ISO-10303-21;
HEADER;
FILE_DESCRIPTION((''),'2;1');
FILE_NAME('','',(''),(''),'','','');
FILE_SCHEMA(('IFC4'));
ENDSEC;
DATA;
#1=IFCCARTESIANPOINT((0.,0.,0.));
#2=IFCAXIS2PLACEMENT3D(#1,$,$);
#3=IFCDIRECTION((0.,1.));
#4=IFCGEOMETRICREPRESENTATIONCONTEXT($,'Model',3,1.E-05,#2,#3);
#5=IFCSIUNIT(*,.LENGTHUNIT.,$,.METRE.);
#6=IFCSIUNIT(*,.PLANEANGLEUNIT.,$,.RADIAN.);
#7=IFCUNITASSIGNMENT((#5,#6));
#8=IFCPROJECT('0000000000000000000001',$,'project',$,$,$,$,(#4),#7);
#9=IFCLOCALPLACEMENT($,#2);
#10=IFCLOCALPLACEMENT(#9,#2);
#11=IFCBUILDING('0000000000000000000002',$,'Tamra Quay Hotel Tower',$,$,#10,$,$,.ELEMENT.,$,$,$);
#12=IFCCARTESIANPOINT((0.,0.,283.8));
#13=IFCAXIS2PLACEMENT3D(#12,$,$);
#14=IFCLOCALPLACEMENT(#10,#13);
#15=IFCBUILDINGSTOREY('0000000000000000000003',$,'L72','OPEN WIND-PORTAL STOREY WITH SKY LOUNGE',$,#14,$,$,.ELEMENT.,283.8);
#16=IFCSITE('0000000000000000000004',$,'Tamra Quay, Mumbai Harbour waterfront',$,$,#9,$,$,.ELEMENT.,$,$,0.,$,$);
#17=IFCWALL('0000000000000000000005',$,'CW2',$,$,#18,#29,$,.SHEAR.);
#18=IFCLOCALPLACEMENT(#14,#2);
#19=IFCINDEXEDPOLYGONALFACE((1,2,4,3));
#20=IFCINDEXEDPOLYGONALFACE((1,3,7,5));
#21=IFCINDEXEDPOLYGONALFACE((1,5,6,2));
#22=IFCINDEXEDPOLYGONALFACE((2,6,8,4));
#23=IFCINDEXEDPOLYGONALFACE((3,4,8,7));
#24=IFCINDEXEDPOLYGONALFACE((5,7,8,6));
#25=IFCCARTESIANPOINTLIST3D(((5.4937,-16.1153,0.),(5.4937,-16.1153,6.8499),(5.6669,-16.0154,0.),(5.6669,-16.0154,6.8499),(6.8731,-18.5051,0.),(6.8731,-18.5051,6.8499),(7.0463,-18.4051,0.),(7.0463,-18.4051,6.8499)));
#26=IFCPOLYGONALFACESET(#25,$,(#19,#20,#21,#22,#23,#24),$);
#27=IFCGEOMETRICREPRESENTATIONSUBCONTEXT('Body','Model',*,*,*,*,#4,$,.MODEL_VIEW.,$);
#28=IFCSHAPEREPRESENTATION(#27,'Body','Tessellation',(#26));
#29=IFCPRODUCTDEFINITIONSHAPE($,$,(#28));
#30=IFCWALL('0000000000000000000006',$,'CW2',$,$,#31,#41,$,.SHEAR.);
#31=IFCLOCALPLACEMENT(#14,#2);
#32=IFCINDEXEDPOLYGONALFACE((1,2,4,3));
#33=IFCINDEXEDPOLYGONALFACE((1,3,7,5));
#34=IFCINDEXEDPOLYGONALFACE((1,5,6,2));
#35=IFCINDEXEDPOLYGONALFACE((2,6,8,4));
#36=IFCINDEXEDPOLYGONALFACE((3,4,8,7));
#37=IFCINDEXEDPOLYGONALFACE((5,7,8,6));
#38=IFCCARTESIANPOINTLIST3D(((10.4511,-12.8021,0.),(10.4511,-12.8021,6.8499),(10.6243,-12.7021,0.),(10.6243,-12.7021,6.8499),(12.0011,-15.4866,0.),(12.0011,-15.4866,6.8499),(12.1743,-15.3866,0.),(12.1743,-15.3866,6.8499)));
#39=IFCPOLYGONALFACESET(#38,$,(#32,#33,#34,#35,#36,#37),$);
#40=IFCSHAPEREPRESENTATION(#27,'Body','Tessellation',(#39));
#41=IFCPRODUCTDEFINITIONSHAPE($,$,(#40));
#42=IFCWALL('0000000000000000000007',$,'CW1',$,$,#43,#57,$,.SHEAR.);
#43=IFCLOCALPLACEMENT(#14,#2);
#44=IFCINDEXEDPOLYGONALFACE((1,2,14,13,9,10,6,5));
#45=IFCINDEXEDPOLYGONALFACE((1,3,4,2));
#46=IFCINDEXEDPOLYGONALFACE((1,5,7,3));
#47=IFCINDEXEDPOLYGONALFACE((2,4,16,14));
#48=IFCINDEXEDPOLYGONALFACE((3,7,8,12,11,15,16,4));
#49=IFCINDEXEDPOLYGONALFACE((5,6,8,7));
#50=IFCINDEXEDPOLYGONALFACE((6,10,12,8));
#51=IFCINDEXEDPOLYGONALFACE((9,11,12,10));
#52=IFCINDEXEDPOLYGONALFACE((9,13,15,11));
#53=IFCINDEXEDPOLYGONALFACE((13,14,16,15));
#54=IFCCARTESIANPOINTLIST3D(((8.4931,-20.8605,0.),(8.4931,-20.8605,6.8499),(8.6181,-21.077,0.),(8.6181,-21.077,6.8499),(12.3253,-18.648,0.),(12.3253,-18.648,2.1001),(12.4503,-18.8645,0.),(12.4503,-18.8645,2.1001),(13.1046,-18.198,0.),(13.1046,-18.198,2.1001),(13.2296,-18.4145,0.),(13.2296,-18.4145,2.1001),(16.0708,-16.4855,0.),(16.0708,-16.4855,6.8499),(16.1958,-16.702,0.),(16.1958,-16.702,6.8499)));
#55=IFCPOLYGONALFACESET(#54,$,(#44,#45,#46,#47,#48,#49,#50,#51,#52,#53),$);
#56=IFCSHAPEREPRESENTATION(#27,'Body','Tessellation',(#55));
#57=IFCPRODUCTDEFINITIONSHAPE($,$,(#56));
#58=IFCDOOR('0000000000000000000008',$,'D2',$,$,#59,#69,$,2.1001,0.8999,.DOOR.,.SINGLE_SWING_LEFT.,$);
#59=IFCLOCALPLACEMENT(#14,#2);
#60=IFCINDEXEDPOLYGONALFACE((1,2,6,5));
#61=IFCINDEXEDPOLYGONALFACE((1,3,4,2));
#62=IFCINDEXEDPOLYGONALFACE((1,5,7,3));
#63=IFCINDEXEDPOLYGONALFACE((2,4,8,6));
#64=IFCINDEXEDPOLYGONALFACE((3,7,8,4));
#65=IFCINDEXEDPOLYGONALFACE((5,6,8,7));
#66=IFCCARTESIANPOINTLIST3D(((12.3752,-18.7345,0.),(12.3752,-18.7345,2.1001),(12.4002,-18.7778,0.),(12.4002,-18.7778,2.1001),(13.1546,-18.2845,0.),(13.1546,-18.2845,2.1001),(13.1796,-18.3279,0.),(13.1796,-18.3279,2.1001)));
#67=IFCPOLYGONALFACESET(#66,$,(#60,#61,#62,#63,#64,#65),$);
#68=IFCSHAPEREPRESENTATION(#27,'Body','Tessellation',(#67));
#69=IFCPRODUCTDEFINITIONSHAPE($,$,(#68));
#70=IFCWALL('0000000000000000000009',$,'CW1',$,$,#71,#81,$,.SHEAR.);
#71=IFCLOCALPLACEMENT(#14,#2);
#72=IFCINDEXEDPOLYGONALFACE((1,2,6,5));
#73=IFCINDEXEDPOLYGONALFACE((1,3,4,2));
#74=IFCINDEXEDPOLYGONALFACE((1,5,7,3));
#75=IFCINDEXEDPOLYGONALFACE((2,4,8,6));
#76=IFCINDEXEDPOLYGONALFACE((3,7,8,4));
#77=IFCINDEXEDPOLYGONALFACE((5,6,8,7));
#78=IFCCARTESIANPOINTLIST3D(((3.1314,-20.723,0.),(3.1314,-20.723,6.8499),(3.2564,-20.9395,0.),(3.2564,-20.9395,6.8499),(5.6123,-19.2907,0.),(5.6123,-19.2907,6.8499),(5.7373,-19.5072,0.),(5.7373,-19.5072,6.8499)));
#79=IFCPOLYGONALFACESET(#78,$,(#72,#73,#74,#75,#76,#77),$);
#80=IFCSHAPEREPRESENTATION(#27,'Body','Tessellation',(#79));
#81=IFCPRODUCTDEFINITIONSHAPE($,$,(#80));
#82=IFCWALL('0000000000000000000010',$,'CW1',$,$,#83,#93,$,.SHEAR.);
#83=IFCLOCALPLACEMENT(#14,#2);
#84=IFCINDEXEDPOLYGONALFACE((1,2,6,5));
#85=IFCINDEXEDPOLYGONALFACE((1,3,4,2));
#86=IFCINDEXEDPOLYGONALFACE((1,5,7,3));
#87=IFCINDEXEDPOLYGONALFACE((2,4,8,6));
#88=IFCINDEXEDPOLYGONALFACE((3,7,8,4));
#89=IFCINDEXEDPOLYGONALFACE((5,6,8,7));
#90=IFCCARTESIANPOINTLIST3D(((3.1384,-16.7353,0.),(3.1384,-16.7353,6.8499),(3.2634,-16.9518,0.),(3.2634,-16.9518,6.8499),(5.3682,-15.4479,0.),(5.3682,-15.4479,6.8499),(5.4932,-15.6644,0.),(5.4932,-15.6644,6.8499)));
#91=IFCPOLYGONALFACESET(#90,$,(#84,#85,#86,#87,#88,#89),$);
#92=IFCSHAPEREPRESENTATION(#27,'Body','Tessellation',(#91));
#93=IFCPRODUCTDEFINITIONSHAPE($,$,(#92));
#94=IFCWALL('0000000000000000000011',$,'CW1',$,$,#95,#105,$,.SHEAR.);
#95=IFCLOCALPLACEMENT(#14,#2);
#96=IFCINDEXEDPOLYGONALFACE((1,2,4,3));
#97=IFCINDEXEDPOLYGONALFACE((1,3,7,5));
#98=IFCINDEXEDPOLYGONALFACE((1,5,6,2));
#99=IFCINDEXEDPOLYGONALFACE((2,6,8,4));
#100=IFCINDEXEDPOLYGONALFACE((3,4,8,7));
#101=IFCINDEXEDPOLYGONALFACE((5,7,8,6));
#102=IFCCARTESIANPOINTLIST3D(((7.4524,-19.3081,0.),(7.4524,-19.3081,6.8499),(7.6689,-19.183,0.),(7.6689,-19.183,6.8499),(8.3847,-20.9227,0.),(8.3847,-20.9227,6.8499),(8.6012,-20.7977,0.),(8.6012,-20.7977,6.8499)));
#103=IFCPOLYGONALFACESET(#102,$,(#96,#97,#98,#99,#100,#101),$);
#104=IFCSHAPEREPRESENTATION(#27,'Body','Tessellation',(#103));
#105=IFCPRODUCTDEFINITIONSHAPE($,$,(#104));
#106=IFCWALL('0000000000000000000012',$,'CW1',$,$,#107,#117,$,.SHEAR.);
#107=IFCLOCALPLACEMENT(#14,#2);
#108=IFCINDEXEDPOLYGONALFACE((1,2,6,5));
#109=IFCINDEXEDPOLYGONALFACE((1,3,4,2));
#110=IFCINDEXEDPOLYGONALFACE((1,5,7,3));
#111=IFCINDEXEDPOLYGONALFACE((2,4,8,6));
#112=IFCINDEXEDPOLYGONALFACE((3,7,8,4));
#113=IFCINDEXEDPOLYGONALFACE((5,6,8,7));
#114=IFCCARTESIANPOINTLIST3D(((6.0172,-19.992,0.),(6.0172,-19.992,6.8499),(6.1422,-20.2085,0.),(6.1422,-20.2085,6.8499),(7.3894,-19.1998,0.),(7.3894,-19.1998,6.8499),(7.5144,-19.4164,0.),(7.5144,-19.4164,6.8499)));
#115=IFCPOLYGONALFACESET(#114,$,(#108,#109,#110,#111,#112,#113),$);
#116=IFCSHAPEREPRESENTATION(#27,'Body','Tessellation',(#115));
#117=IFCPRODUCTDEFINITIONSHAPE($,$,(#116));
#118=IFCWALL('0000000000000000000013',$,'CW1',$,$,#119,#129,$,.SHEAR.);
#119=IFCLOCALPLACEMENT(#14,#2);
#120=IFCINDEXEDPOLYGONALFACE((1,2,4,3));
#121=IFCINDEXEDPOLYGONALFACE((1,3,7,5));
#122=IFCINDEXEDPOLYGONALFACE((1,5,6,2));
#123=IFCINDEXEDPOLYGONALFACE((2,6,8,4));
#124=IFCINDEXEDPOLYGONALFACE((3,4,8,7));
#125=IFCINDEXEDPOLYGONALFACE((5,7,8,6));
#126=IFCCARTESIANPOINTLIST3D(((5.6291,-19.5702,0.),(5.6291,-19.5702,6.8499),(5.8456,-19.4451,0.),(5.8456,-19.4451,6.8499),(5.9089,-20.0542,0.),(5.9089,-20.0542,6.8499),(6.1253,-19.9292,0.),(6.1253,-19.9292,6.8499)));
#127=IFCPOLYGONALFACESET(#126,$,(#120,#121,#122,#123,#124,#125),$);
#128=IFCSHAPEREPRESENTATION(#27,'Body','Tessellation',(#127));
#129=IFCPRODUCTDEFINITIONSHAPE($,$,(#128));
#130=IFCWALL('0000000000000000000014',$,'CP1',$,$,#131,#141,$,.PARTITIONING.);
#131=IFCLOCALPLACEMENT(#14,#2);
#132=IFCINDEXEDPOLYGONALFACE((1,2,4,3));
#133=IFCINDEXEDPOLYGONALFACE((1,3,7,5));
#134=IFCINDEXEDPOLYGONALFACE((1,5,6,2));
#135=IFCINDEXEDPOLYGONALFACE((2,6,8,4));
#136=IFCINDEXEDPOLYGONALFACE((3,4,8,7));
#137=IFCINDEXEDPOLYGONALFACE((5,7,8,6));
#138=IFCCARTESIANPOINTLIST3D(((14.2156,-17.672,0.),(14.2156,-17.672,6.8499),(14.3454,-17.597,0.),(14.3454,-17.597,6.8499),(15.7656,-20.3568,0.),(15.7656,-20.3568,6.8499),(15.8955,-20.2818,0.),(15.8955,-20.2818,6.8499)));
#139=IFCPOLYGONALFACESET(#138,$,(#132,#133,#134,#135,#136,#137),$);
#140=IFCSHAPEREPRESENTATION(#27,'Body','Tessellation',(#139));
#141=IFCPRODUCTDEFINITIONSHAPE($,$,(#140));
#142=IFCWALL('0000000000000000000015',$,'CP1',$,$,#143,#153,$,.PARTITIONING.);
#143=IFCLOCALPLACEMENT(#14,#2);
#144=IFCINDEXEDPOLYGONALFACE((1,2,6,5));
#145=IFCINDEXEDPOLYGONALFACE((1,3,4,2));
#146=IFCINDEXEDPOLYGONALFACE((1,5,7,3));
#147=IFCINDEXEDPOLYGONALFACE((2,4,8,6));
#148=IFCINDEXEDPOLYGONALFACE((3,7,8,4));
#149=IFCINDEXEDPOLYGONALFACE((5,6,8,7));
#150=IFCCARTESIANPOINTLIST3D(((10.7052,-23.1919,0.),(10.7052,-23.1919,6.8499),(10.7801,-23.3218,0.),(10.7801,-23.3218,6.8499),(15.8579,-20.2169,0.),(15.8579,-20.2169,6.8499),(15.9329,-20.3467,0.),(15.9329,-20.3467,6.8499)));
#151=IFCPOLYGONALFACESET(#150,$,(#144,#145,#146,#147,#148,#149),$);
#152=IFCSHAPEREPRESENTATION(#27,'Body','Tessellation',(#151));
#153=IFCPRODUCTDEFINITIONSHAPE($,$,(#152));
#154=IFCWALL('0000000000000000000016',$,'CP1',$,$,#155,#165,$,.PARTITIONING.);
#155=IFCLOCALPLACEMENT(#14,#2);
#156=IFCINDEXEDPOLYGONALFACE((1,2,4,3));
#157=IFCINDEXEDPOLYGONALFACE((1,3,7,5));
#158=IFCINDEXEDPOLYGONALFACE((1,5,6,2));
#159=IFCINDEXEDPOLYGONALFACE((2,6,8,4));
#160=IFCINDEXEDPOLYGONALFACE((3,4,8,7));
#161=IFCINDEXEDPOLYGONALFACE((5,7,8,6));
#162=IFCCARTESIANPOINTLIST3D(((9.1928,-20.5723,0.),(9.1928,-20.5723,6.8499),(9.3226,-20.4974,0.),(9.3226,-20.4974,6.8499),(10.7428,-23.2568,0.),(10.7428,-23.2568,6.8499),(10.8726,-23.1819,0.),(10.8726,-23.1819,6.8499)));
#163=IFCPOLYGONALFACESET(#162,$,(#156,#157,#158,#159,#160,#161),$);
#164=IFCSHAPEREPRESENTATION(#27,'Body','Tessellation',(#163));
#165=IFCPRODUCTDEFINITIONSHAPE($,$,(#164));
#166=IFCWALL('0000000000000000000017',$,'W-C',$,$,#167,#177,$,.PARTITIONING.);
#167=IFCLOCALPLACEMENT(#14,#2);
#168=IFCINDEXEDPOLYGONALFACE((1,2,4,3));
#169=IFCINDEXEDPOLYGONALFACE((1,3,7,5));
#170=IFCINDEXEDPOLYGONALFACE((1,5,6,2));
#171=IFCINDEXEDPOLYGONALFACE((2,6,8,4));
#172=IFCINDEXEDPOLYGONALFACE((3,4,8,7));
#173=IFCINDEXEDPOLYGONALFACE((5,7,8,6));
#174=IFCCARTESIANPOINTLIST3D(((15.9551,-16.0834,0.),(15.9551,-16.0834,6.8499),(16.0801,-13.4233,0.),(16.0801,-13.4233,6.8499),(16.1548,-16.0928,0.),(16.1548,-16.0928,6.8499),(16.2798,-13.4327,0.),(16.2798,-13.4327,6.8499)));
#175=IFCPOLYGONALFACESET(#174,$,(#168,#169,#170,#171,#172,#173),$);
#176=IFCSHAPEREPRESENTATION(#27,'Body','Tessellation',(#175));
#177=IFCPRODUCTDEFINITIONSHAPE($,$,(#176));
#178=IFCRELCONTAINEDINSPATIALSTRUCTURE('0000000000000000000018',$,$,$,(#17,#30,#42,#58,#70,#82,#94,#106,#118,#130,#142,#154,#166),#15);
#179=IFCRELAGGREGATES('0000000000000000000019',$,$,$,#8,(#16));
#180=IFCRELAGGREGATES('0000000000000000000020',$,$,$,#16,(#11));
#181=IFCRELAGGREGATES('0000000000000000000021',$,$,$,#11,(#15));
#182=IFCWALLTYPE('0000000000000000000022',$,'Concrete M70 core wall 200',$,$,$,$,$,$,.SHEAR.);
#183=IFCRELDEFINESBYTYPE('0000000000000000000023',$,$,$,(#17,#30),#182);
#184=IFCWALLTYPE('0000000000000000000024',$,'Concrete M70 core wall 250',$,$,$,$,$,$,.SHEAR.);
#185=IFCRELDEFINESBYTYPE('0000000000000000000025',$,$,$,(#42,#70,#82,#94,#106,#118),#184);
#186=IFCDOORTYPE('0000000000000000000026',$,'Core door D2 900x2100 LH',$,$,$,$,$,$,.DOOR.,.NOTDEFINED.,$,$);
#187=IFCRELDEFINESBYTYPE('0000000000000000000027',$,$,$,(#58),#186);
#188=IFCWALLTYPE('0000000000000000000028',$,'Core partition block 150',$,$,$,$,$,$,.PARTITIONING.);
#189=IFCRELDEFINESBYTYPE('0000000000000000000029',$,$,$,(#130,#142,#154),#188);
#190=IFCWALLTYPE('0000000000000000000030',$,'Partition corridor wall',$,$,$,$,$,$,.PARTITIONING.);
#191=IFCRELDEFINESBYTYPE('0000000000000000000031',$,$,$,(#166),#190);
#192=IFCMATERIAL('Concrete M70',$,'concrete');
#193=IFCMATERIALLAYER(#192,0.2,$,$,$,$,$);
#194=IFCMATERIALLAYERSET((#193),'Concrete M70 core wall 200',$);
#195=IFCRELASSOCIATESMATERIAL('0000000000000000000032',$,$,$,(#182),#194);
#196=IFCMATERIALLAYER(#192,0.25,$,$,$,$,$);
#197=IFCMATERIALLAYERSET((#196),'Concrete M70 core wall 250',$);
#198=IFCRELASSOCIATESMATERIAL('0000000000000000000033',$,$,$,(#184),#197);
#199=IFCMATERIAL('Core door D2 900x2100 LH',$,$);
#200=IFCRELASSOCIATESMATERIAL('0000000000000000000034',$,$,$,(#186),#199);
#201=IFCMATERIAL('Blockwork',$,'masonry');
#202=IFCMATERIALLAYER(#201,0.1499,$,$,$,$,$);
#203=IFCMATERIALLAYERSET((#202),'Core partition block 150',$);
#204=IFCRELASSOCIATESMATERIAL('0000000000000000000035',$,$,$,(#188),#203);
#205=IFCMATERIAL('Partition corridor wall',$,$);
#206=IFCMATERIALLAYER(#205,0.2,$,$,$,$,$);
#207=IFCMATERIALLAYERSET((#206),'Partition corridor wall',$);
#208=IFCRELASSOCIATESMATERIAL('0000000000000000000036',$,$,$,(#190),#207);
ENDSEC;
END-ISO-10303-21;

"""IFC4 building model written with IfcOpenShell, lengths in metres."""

from ifc_helpers import new_model, si_unit, direction, frame, frame_2d, origin, place, context, subcontext, project, spatial, rectangle, extrude, material, layer, layer_set, type_object, element, fill, save


model = new_model("IFC4")

# Units and contexts
model_context = context("Model", 3, precision=1e-05, world=origin(), true_north=direction((0.0, 1.0)))
body_context = subcontext(model_context, "Body", "Model", "MODEL_VIEW")
ifc_project = project(units=[si_unit("LENGTHUNIT", "METRE"), si_unit("PLANEANGLEUNIT", "RADIAN")], contexts=[model_context])

# Site, building, storey
site_placement = place(None, origin())
site = spatial("IfcSite", under=ifc_project, at=site_placement, Name="Tamra Quay, Mumbai Harbour waterfront", CompositionType="ELEMENT", RefElevation=0.0)
building_placement = place(site_placement, origin())
building = spatial("IfcBuilding", under=site, at=building_placement, Name="Tamra Quay Hotel Tower", CompositionType="ELEMENT")
storey_placement = place(building_placement, frame((0.0, 0.0, 283.8)))
storey = spatial("IfcBuildingStorey", under=building, at=storey_placement, Name="L72", Description="OPEN WIND-PORTAL STOREY WITH SKY LOUNGE", CompositionType="ELEMENT", Elevation=283.8)

# Shared definitions
ifc_material_1 = material(Name="Concrete M70", Category="concrete")

# Shared definitions
ifc_layer_1 = layer(ifc_material_1, 0.2)
ifc_layer_set_1 = layer_set([ifc_layer_1], Name="Concrete M70 core wall 200")
wall_type_1 = type_object("IfcWallType", Name="Concrete M70 core wall 200", PredefinedType="SHEAR", material=ifc_layer_set_1)

# Walls
wall_1_placement = place(storey_placement, frame((6.9597, -18.4551, 0.0), z_axis=(0.0, 0.0, 1.0), x_axis=(-0.499927, 0.866068, 0.0)))
element("IfcWall", 1, at=wall_1_placement, inside=storey, type_object=wall_type_1, Name="CW2", PredefinedType="SHEAR", context=body_context, shape_type="SweptSolid", body=[
    extrude(rectangle(XDim=2.7593, YDim=0.2, at=frame_2d((1.3796, 0.0))), origin(), (0.0, 0.0, 1.0), 6.8499),
])
wall_2_placement = place(storey_placement, frame((12.0876, -15.4365, 0.0), z_axis=(0.0, 0.0, 1.0), x_axis=(-0.500027, 0.86601, 0.0)))
element("IfcWall", 2, at=wall_2_placement, inside=storey, type_object=wall_type_1, Name="CW2", PredefinedType="SHEAR", context=body_context, shape_type="SweptSolid", body=[
    extrude(rectangle(XDim=3.0999, YDim=0.2, at=frame_2d((1.5498, 0.0))), origin(), (0.0, 0.0, 1.0), 6.8499),
])

# Wall, opening, door
ifc_layer_2 = layer(ifc_material_1, 0.25)
ifc_layer_set_2 = layer_set([ifc_layer_2], Name="Concrete M70 core wall 250")
wall_type_2 = type_object("IfcWallType", Name="Concrete M70 core wall 250", PredefinedType="SHEAR", material=ifc_layer_set_2)
wall_3_placement = place(storey_placement, frame((16.1333, -16.5938, 0.0), z_axis=(0.0, 0.0, 1.0), x_axis=(-0.866023, -0.500004, 0.0)))
wall_3 = element("IfcWall", 3, at=wall_3_placement, inside=storey, type_object=wall_type_2, Name="CW1", PredefinedType="SHEAR", context=body_context, shape_type="SweptSolid", body=[
    extrude(rectangle(XDim=8.75, YDim=0.25, at=frame_2d((4.375, 0.0))), origin(), (0.0, 0.0, 1.0), 6.8499),
])
opening_1_placement = place(wall_3_placement, frame((3.425, 0.0, 0.0)))
opening_1 = element("IfcOpeningElement", 4, at=opening_1_placement, cuts=wall_3, PredefinedType="OPENING", context=body_context, shape_type="SweptSolid", body=[
    extrude(rectangle(XDim=0.8999, YDim=2.1001, at=frame_2d((0.45, 1.05))), frame((0.0, 0.135, 0.0), z_axis=(0.0, -1.0, 0.0), x_axis=(1.0, 0.0, 0.0)), (0.0, 0.0, 1.0), 0.27),
])
ifc_material_2 = material(Name="Core door D2 900x2100 LH")
door_type_1 = type_object("IfcDoorType", Name="Core door D2 900x2100 LH", OperationType="NOTDEFINED", PredefinedType="DOOR", material=ifc_material_2)
door_1_placement = place(opening_1_placement, origin())
door_1 = element("IfcDoor", 5, at=door_1_placement, inside=storey, type_object=door_type_1, Name="D2", OperationType="SINGLE_SWING_LEFT", OverallHeight=2.1001, OverallWidth=0.8999, PredefinedType="DOOR", context=body_context, shape_type="SweptSolid", body=[
    extrude(rectangle(XDim=0.8999, YDim=2.1001, at=frame_2d((0.45, 1.05))), frame((0.0, 0.0249, 0.0), z_axis=(0.0, -1.0, 0.0), x_axis=(1.0, 0.0, 0.0)), (0.0, 0.0, 1.0), 0.05),
])
fill(opening_1, door_1)

# Walls
wall_4_placement = place(storey_placement, frame((5.6748, -19.3989, 0.0), z_axis=(0.0, 0.0, 1.0), x_axis=(-0.866027, -0.499998, 0.0)))
element("IfcWall", 6, at=wall_4_placement, inside=storey, type_object=wall_type_2, Name="CW1", PredefinedType="SHEAR", context=body_context, shape_type="SweptSolid", body=[
    extrude(rectangle(XDim=2.8647, YDim=0.25, at=frame_2d((1.4324, 0.0))), origin(), (0.0, 0.0, 1.0), 6.8499),
])
wall_5_placement = place(storey_placement, frame((5.4307, -15.5562, 0.0), z_axis=(0.0, 0.0, 1.0), x_axis=(-0.866023, -0.500004, 0.0)))
element("IfcWall", 7, at=wall_5_placement, inside=storey, type_object=wall_type_2, Name="CW1", PredefinedType="SHEAR", context=body_context, shape_type="SweptSolid", body=[
    extrude(rectangle(XDim=2.5747, YDim=0.25, at=frame_2d((1.2874, 0.0))), origin(), (0.0, 0.0, 1.0), 6.8499),
])
wall_6_placement = place(storey_placement, frame((8.4929, -20.8601, 0.0), z_axis=(0.0, 0.0, 1.0), x_axis=(-0.50004, 0.866002, 0.0)))
element("IfcWall", 8, at=wall_6_placement, inside=storey, type_object=wall_type_2, Name="CW1", PredefinedType="SHEAR", context=body_context, shape_type="SweptSolid", body=[
    extrude(rectangle(XDim=1.8645, YDim=0.25, at=frame_2d((0.9321, 0.0))), origin(), (0.0, 0.0, 1.0), 6.8499),
])
wall_7_placement = place(storey_placement, frame((7.4519, -19.3081, 0.0), z_axis=(0.0, 0.0, 1.0), x_axis=(-0.866044, -0.499967, 0.0)))
element("IfcWall", 9, at=wall_7_placement, inside=storey, type_object=wall_type_2, Name="CW1", PredefinedType="SHEAR", context=body_context, shape_type="SweptSolid", body=[
    extrude(rectangle(XDim=1.5845, YDim=0.25, at=frame_2d((0.7922, 0.0))), origin(), (0.0, 0.0, 1.0), 6.8499),
])
wall_8_placement = place(storey_placement, frame((6.0171, -19.9917, 0.0), z_axis=(0.0, 0.0, 1.0), x_axis=(-0.500365, 0.865815, 0.0)))
element("IfcWall", 10, at=wall_8_placement, inside=storey, type_object=wall_type_2, Name="CW1", PredefinedType="SHEAR", context=body_context, shape_type="SweptSolid", body=[
    extrude(rectangle(XDim=0.5591, YDim=0.25, at=frame_2d((0.2795, 0.0))), origin(), (0.0, 0.0, 1.0), 6.8499),
])
ifc_material_3 = material(Name="Blockwork", Category="masonry")
ifc_layer_3 = layer(ifc_material_3, 0.1499)
ifc_layer_set_3 = layer_set([ifc_layer_3], Name="Core partition block 150")
wall_type_3 = type_object("IfcWallType", Name="Core partition block 150", PredefinedType="PARTITIONING", material=ifc_layer_set_3)
wall_9_placement = place(storey_placement, frame((14.2805, -17.6345, 0.0), z_axis=(0.0, 0.0, 1.0), x_axis=(0.499993, -0.86603, 0.0)))
element("IfcWall", 11, at=wall_9_placement, inside=storey, type_object=wall_type_3, Name="CP1", PredefinedType="PARTITIONING", context=body_context, shape_type="SweptSolid", body=[
    extrude(rectangle(XDim=3.1001, YDim=0.1499, at=frame_2d((1.55, 0.0))), origin(), (0.0, 0.0, 1.0), 6.8499),
])
wall_10_placement = place(storey_placement, frame((15.8955, -20.2817, 0.0), z_axis=(0.0, 0.0, 1.0), x_axis=(-0.866017, -0.500014, 0.0)))
element("IfcWall", 12, at=wall_10_placement, inside=storey, type_object=wall_type_3, Name="CP1", PredefinedType="PARTITIONING", context=body_context, shape_type="SweptSolid", body=[
    extrude(rectangle(XDim=5.95, YDim=0.1499, at=frame_2d((2.9751, 0.0))), origin(), (0.0, 0.0, 1.0), 6.8499),
])
wall_11_placement = place(storey_placement, frame((10.8076, -23.2192, 0.0), z_axis=(0.0, 0.0, 1.0), x_axis=(-0.500027, 0.86601, 0.0)))
element("IfcWall", 13, at=wall_11_placement, inside=storey, type_object=wall_type_3, Name="CP1", PredefinedType="PARTITIONING", context=body_context, shape_type="SweptSolid", body=[
    extrude(rectangle(XDim=3.0999, YDim=0.1499, at=frame_2d((1.5498, 0.0))), origin(), (0.0, 0.0, 1.0), 6.8499),
])
ifc_material_4 = material(Name="Partition corridor wall")
ifc_layer_4 = layer(ifc_material_4, 0.2)
ifc_layer_set_4 = layer_set([ifc_layer_4], Name="Partition corridor wall")
wall_type_4 = type_object("IfcWallType", Name="Partition corridor wall", PredefinedType="PARTITIONING", material=ifc_layer_set_4)
wall_12_placement = place(storey_placement, frame((16.0549, -16.0881, 0.0), z_axis=(0.0, 0.0, 1.0), x_axis=(0.046938, 0.998898, 0.0)))
element("IfcWall", 14, at=wall_12_placement, inside=storey, type_object=wall_type_4, Name="W-C", PredefinedType="PARTITIONING", context=body_context, shape_type="SweptSolid", body=[
    extrude(rectangle(XDim=2.6631, YDim=0.2, at=frame_2d((1.3315, 0.0))), origin(), (0.0, 0.0, 1.0), 6.8499),
])

save(model, "model.ifc")
